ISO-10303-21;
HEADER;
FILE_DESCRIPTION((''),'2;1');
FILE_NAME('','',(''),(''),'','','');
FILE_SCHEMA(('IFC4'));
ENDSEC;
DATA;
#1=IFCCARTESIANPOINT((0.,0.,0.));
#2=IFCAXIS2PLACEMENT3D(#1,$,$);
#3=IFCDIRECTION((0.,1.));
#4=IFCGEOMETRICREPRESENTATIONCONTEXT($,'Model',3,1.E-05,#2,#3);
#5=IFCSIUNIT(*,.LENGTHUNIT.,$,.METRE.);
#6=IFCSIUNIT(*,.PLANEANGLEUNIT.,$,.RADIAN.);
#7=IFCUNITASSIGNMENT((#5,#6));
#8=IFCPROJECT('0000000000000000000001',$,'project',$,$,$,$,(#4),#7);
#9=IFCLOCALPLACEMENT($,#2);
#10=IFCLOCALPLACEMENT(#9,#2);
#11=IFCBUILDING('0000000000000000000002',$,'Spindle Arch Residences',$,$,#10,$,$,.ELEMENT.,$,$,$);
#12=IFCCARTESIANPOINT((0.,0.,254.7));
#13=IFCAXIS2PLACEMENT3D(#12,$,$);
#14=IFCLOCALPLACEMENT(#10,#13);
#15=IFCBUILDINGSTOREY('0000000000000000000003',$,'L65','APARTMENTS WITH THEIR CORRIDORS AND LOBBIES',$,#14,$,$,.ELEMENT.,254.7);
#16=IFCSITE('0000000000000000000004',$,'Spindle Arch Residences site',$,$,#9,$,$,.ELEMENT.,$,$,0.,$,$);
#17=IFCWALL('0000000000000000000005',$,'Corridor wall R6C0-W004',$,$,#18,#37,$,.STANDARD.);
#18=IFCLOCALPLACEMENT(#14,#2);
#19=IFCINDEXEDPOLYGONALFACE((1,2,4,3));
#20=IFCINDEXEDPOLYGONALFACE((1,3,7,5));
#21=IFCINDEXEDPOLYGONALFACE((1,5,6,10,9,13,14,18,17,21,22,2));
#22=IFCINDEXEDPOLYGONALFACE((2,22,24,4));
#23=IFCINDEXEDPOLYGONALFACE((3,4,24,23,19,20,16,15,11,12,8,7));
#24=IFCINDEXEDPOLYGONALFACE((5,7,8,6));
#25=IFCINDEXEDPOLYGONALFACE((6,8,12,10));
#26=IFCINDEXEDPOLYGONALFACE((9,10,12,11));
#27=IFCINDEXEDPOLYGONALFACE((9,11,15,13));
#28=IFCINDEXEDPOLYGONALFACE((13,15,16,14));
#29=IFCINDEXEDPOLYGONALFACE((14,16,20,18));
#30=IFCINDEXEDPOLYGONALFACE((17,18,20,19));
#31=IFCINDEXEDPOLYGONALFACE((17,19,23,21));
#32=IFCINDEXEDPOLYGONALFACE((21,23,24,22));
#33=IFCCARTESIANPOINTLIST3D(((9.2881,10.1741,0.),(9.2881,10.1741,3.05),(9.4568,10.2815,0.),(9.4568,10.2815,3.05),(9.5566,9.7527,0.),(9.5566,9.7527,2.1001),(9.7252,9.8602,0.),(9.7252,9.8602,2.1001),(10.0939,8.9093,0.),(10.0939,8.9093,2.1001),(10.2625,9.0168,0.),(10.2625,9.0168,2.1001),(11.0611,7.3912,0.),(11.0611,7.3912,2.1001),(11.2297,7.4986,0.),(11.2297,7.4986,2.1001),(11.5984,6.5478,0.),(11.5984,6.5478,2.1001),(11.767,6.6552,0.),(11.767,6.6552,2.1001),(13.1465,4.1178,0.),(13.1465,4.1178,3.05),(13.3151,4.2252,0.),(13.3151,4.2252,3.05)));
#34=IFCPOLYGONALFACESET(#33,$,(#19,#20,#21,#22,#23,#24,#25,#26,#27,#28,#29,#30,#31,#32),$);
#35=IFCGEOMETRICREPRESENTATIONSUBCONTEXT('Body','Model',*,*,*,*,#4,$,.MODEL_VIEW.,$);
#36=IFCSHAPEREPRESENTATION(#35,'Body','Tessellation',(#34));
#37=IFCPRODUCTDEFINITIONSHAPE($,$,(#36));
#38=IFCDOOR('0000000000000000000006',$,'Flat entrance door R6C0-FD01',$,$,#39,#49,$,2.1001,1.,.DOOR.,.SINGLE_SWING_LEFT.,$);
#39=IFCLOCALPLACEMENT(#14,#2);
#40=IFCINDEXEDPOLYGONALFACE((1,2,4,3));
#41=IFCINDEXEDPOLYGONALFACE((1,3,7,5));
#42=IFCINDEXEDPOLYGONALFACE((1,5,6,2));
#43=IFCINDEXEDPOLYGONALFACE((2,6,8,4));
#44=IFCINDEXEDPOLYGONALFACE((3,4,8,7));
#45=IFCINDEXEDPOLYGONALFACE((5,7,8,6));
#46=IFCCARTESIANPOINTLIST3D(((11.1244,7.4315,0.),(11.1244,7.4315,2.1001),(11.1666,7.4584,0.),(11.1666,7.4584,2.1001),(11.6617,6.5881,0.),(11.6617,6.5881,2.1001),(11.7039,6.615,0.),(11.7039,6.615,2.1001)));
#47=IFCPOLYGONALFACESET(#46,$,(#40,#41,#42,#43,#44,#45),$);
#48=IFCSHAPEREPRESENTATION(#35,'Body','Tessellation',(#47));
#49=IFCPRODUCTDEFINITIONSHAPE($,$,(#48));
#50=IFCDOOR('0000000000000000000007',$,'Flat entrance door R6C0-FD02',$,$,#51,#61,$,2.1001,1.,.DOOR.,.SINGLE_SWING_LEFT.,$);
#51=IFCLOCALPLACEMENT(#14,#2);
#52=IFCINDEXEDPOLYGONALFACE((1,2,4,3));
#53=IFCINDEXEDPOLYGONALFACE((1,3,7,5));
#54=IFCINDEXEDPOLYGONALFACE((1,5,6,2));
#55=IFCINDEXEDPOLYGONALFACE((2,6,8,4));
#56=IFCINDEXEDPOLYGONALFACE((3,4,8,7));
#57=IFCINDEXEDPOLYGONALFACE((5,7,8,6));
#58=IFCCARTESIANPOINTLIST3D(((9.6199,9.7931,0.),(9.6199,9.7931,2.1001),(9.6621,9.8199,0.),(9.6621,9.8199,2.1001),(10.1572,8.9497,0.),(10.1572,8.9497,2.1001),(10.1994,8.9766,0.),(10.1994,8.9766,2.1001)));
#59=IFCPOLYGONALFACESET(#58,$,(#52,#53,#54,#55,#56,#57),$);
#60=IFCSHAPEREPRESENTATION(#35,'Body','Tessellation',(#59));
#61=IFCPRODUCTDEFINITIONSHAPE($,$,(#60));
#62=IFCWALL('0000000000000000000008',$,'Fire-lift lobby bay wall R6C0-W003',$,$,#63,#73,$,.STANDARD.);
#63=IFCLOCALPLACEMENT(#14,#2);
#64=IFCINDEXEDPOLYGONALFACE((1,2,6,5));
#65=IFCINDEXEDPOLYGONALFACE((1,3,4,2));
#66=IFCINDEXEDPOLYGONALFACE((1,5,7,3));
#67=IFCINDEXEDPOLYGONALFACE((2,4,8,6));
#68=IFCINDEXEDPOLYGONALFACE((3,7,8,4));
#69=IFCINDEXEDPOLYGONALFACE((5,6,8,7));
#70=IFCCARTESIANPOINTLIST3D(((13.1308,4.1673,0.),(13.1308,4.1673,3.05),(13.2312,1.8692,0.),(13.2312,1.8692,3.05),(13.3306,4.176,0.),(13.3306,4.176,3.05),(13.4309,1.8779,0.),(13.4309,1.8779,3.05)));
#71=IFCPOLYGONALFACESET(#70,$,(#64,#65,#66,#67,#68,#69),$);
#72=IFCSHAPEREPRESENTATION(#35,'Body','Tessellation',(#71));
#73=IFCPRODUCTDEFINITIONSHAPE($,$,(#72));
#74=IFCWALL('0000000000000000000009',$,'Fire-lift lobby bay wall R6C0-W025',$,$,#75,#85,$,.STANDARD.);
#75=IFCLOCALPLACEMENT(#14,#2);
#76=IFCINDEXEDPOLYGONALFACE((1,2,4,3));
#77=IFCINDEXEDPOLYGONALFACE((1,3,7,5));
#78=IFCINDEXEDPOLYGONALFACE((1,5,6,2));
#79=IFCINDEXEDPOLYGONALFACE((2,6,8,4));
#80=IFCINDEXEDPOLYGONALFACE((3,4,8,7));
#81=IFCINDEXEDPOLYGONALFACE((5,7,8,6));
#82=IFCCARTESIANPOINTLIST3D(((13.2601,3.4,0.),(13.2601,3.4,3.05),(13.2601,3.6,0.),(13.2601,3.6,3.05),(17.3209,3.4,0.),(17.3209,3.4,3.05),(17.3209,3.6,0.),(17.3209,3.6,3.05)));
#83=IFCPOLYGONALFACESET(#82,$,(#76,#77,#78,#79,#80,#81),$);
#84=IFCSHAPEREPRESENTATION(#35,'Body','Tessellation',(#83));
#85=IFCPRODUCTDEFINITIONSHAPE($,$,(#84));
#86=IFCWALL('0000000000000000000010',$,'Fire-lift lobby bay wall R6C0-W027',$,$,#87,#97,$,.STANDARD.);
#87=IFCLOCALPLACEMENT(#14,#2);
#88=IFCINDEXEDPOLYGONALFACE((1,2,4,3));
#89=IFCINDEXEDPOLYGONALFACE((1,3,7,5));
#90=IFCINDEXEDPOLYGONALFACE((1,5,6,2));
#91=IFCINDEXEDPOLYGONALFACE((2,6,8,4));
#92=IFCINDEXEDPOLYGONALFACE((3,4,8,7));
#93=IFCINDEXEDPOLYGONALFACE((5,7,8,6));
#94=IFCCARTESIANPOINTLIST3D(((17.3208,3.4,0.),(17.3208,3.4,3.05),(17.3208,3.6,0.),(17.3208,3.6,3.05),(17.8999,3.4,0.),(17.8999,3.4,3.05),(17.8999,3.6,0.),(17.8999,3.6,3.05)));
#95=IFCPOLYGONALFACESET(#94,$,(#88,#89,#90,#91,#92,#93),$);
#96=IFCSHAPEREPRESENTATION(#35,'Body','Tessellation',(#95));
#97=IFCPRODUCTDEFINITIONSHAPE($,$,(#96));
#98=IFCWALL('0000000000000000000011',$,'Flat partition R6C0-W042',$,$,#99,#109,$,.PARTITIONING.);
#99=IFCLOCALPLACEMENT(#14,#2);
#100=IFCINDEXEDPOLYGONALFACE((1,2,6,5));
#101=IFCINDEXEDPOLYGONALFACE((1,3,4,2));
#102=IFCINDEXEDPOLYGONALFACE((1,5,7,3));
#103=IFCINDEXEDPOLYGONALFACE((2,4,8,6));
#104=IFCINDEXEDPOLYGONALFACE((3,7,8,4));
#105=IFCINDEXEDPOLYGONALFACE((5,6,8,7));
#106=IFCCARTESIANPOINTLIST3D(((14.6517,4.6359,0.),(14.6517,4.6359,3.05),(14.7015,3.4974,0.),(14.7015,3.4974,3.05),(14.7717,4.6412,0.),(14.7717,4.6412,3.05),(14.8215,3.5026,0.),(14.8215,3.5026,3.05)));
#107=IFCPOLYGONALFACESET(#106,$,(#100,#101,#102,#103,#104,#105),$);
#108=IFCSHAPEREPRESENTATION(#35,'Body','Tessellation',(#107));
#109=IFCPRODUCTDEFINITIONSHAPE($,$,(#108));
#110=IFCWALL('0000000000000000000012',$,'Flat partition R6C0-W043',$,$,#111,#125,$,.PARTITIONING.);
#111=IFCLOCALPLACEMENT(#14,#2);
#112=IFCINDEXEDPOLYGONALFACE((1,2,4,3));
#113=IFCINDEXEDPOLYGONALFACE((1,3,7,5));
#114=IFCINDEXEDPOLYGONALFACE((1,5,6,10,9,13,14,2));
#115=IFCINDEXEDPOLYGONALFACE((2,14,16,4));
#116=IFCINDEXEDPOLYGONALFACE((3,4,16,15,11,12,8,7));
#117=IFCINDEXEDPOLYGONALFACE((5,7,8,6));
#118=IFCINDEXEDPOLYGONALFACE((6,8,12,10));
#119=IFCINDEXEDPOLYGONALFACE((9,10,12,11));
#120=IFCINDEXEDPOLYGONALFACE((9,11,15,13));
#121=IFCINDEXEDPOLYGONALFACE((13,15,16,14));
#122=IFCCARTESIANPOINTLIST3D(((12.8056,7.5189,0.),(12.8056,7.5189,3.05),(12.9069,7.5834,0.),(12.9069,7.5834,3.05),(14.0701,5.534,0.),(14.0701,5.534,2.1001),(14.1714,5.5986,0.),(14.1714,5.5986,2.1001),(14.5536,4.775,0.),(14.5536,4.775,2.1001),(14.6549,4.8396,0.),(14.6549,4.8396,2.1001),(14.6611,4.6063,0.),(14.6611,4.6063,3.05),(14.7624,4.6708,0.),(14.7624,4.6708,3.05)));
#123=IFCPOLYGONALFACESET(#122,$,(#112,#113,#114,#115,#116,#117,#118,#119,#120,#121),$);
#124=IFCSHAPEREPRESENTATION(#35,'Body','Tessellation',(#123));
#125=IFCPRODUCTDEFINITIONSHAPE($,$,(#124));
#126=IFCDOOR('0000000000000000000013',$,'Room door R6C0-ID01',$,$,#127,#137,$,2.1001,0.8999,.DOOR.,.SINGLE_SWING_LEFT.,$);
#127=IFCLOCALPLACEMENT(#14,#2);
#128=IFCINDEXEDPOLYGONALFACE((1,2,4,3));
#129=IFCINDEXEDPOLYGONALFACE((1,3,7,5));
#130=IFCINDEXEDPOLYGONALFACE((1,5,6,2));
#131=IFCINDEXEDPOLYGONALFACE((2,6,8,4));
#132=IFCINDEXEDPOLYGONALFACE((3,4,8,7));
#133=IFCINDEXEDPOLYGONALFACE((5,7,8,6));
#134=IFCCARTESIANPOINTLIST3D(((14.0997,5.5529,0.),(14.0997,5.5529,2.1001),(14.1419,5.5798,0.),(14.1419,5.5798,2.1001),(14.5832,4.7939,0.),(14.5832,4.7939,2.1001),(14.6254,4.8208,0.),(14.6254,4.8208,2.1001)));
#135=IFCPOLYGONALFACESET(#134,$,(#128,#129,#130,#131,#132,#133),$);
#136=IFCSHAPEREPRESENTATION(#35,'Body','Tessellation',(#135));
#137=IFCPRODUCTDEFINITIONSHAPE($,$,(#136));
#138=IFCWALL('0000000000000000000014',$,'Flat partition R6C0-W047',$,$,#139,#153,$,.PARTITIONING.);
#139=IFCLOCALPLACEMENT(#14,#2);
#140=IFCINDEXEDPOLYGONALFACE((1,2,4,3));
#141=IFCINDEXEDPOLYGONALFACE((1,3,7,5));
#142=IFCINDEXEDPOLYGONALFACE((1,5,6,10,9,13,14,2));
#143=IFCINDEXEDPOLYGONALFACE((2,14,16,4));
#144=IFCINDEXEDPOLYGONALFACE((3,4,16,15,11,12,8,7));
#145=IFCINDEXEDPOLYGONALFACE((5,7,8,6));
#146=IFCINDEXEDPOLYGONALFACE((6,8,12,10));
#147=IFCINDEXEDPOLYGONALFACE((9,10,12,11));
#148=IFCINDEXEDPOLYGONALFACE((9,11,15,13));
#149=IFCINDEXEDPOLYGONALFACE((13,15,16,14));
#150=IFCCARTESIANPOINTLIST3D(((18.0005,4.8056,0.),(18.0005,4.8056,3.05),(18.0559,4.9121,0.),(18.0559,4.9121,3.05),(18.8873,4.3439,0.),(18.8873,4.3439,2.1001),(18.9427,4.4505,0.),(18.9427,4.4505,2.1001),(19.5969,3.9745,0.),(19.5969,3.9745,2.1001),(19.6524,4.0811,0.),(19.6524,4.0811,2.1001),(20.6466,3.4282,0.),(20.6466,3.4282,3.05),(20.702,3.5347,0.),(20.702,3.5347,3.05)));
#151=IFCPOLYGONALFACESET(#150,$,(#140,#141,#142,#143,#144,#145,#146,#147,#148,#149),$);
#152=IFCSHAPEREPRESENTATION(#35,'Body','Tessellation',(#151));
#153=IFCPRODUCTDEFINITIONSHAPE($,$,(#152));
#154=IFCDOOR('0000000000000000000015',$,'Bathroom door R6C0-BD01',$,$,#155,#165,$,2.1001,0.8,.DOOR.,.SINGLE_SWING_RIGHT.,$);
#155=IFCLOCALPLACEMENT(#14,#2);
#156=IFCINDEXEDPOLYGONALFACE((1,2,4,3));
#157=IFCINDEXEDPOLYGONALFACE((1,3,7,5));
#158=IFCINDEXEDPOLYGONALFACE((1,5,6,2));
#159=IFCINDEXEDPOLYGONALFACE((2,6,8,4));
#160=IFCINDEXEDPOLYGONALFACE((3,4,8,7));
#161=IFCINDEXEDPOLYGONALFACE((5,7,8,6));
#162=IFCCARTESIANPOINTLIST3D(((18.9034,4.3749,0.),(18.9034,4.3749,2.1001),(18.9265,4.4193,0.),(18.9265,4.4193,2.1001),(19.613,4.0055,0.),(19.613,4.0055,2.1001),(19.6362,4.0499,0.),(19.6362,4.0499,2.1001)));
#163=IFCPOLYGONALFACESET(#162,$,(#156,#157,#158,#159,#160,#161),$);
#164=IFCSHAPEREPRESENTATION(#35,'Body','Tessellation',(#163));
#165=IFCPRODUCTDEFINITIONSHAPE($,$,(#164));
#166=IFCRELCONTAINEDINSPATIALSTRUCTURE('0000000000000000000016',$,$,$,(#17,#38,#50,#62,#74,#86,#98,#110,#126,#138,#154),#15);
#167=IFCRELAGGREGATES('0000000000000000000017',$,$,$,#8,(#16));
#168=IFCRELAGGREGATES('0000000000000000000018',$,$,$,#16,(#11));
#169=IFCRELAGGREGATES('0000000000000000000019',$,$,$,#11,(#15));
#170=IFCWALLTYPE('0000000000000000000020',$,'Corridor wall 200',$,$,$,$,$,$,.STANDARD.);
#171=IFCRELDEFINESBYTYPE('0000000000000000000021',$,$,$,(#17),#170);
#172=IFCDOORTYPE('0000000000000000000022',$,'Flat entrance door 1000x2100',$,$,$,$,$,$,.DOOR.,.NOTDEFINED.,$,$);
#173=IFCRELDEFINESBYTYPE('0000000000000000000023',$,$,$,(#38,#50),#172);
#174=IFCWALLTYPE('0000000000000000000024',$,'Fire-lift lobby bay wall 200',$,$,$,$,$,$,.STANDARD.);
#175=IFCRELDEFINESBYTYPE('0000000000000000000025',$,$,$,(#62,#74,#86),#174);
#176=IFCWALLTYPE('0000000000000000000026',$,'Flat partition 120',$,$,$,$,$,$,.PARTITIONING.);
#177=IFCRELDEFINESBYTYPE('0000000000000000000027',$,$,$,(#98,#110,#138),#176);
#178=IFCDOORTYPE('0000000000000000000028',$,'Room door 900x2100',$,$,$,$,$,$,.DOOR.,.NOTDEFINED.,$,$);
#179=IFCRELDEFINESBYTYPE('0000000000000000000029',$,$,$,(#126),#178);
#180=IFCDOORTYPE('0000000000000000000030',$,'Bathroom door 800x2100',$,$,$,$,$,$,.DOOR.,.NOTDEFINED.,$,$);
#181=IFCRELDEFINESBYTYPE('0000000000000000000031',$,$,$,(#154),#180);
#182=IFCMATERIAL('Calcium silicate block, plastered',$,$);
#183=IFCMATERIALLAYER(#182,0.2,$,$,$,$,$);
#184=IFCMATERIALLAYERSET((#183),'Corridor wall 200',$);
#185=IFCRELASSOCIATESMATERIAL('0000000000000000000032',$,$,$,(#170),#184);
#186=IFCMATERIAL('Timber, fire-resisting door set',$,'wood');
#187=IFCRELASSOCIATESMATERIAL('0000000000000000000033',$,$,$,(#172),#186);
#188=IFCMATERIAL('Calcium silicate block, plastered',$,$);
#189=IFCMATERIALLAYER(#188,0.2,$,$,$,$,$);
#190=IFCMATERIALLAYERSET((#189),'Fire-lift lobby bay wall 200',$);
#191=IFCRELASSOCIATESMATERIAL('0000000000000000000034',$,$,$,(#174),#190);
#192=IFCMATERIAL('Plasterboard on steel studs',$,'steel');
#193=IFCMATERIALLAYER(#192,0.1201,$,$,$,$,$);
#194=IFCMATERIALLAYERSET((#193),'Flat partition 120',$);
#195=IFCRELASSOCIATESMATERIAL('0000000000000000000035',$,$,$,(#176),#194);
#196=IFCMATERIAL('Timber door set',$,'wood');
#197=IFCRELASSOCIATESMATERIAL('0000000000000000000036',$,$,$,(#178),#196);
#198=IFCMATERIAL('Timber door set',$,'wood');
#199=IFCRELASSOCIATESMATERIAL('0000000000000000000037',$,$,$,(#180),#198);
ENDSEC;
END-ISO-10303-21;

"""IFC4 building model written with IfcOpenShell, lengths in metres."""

from ifc_helpers import new_model, si_unit, direction, frame, frame_2d, origin, place, context, subcontext, project, spatial, rectangle, extrude, material, layer, layer_set, type_object, element, fill, save


model = new_model("IFC4")

# Units and contexts
model_context = context("Model", 3, precision=1e-05, world=origin(), true_north=direction((0.0, 1.0)))
body_context = subcontext(model_context, "Body", "Model", "MODEL_VIEW")
ifc_project = project(units=[si_unit("LENGTHUNIT", "METRE"), si_unit("PLANEANGLEUNIT", "RADIAN")], contexts=[model_context])

# Site, building, storey
site_placement = place(None, origin())
site = spatial("IfcSite", under=ifc_project, at=site_placement, Name="Spindle Arch Residences site", CompositionType="ELEMENT", RefElevation=0.0)
building_placement = place(site_placement, origin())
building = spatial("IfcBuilding", under=site, at=building_placement, Name="Spindle Arch Residences", CompositionType="ELEMENT")
storey_placement = place(building_placement, frame((0.0, 0.0, 254.7)))
storey = spatial("IfcBuildingStorey", under=building, at=storey_placement, Name="L65", Description="APARTMENTS WITH THEIR CORRIDORS AND LOBBIES", CompositionType="ELEMENT", Elevation=254.7)

# Wall, openings, doors
ifc_material_1 = material(Name="Calcium silicate block, plastered")
ifc_layer_1 = layer(ifc_material_1, 0.2)
ifc_layer_set_1 = layer_set([ifc_layer_1], Name="Corridor wall 200")
wall_type_1 = type_object("IfcWallType", Name="Corridor wall 200", PredefinedType="STANDARD", material=ifc_layer_set_1)
wall_1_placement = place(storey_placement, frame((13.2307, 4.1716, 0.0), z_axis=(0.0, 0.0, 1.0), x_axis=(-0.537304, 0.843388, 0.0)))
wall_1 = element("IfcWall", 1, at=wall_1_placement, inside=storey, type_object=wall_type_1, Name="Corridor wall R6C0-W004", PredefinedType="STANDARD", context=body_context, shape_type="SweptSolid", body=[
    extrude(rectangle(XDim=7.1809, YDim=0.2, at=frame_2d((3.5903, 0.0))), origin(), (0.0, 0.0, 1.0), 3.05),
])
opening_1_placement = place(wall_1_placement, frame((2.8811, 0.0, 0.0)))
opening_1 = element("IfcOpeningElement", 2, at=opening_1_placement, cuts=wall_1, PredefinedType="OPENING", context=body_context, shape_type="SweptSolid", body=[
    extrude(rectangle(XDim=1.0, YDim=2.1001, at=frame_2d((0.5, 1.05))), frame((0.0, 0.1099, 0.0), z_axis=(0.0, -1.0, 0.0), x_axis=(1.0, 0.0, 0.0)), (0.0, 0.0, 1.0), 0.22),
])
opening_2_placement = place(wall_1_placement, frame((5.6812, 0.0, 0.0)))
opening_2 = element("IfcOpeningElement", 3, at=opening_2_placement, cuts=wall_1, PredefinedType="OPENING", context=body_context, shape_type="SweptSolid", body=[
    extrude(rectangle(XDim=1.0, YDim=2.1001, at=frame_2d((0.5, 1.05))), frame((0.0, 0.1099, 0.0), z_axis=(0.0, -1.0, 0.0), x_axis=(1.0, 0.0, 0.0)), (0.0, 0.0, 1.0), 0.22),
])
ifc_material_2 = material(Name="Timber, fire-resisting door set", Category="wood")
door_type_1 = type_object("IfcDoorType", Name="Flat entrance door 1000x2100", OperationType="NOTDEFINED", PredefinedType="DOOR", material=ifc_material_2)
door_1_placement = place(opening_1_placement, origin())
door_1 = element("IfcDoor", 4, at=door_1_placement, inside=storey, type_object=door_type_1, Name="Flat entrance door R6C0-FD01", OperationType="SINGLE_SWING_LEFT", OverallHeight=2.1001, OverallWidth=1.0, PredefinedType="DOOR", context=body_context, shape_type="SweptSolid", body=[
    extrude(rectangle(XDim=1.0, YDim=2.1001, at=frame_2d((0.5, 1.05))), frame((0.0, 0.0249, 0.0), z_axis=(0.0, -1.0, 0.0), x_axis=(1.0, 0.0, 0.0)), (0.0, 0.0, 1.0), 0.05),
])
fill(opening_1, door_1)
door_2_placement = place(opening_2_placement, origin())
door_2 = element("IfcDoor", 5, at=door_2_placement, inside=storey, type_object=door_type_1, Name="Flat entrance door R6C0-FD02", OperationType="SINGLE_SWING_LEFT", OverallHeight=2.1001, OverallWidth=1.0, PredefinedType="DOOR", context=body_context, shape_type="SweptSolid", body=[
    extrude(rectangle(XDim=1.0, YDim=2.1001, at=frame_2d((0.5, 1.05))), frame((0.0, 0.0249, 0.0), z_axis=(0.0, -1.0, 0.0), x_axis=(1.0, 0.0, 0.0)), (0.0, 0.0, 1.0), 0.05),
])
fill(opening_2, door_2)

# Walls
ifc_material_3 = material(Name="Calcium silicate block, plastered")
ifc_layer_2 = layer(ifc_material_3, 0.2)
ifc_layer_set_2 = layer_set([ifc_layer_2], Name="Fire-lift lobby bay wall 200")
wall_type_2 = type_object("IfcWallType", Name="Fire-lift lobby bay wall 200", PredefinedType="STANDARD", material=ifc_layer_set_2)
wall_2_placement = place(storey_placement, frame((13.3311, 1.8735, 0.0), z_axis=(0.0, 0.0, 1.0), x_axis=(-0.043621, 0.999048, 0.0)))
element("IfcWall", 6, at=wall_2_placement, inside=storey, type_object=wall_type_2, Name="Fire-lift lobby bay wall R6C0-W003", PredefinedType="STANDARD", context=body_context, shape_type="SweptSolid", body=[
    extrude(rectangle(XDim=2.3003, YDim=0.2, at=frame_2d((1.1501, 0.0))), origin(), (0.0, 0.0, 1.0), 3.05),
])
wall_3_placement = place(storey_placement, frame((17.3208, 3.5, 0.0), z_axis=(0.0, 0.0, 1.0), x_axis=(-1.0, 0.0, 0.0)))
element("IfcWall", 7, at=wall_3_placement, inside=storey, type_object=wall_type_2, Name="Fire-lift lobby bay wall R6C0-W025", PredefinedType="STANDARD", context=body_context, shape_type="SweptSolid", body=[
    extrude(rectangle(XDim=4.0608, YDim=0.2, at=frame_2d((2.0303, 0.0))), origin(), (0.0, 0.0, 1.0), 3.05),
])
wall_4_placement = place(storey_placement, frame((17.8999, 3.5, 0.0), z_axis=(0.0, 0.0, 1.0), x_axis=(-1.0, 0.0, 0.0)))
element("IfcWall", 8, at=wall_4_placement, inside=storey, type_object=wall_type_2, Name="Fire-lift lobby bay wall R6C0-W027", PredefinedType="STANDARD", context=body_context, shape_type="SweptSolid", body=[
    extrude(rectangle(XDim=0.5791, YDim=0.2, at=frame_2d((0.2896, 0.0))), origin(), (0.0, 0.0, 1.0), 3.05),
])
ifc_material_4 = material(Name="Plasterboard on steel studs", Category="steel")
ifc_layer_3 = layer(ifc_material_4, 0.1201)
ifc_layer_set_3 = layer_set([ifc_layer_3], Name="Flat partition 120")
wall_type_3 = type_object("IfcWallType", Name="Flat partition 120", PredefinedType="PARTITIONING", material=ifc_layer_set_3)
wall_5_placement = place(storey_placement, frame((14.7615, 3.5, 0.0), z_axis=(0.0, 0.0, 1.0), x_axis=(-0.043698, 0.999045, 0.0)))
element("IfcWall", 9, at=wall_5_placement, inside=storey, type_object=wall_type_3, Name="Flat partition R6C0-W042", PredefinedType="PARTITIONING", context=body_context, shape_type="SweptSolid", body=[
    extrude(rectangle(XDim=1.1396, YDim=0.1201, at=frame_2d((0.5698, 0.0))), origin(), (0.0, 0.0, 1.0), 3.05),
])

# Walls, openings, doors
wall_6_placement = place(storey_placement, frame((14.7117, 4.6387, 0.0), z_axis=(0.0, 0.0, 1.0), x_axis=(-0.537287, 0.843399, 0.0)))
wall_6 = element("IfcWall", 10, at=wall_6_placement, inside=storey, type_object=wall_type_3, Name="Flat partition R6C0-W043", PredefinedType="PARTITIONING", context=body_context, shape_type="SweptSolid", body=[
    extrude(rectangle(XDim=3.4534, YDim=0.1201, at=frame_2d((1.7266, 0.0))), origin(), (0.0, 0.0, 1.0), 3.05),
])
opening_3_placement = place(wall_6_placement, frame((0.2, 0.0, 0.0)))
opening_3 = element("IfcOpeningElement", 11, at=opening_3_placement, cuts=wall_6, PredefinedType="OPENING", context=body_context, shape_type="SweptSolid", body=[
    extrude(rectangle(XDim=0.8999, YDim=2.1001, at=frame_2d((0.45, 1.05))), frame((0.0, 0.0701, 0.0), z_axis=(0.0, -1.0, 0.0), x_axis=(1.0, 0.0, 0.0)), (0.0, 0.0, 1.0), 0.1401),
])
ifc_material_5 = material(Name="Timber door set", Category="wood")
door_type_2 = type_object("IfcDoorType", Name="Room door 900x2100", OperationType="NOTDEFINED", PredefinedType="DOOR", material=ifc_material_5)
door_3_placement = place(opening_3_placement, origin())
door_3 = element("IfcDoor", 12, at=door_3_placement, inside=storey, type_object=door_type_2, Name="Room door R6C0-ID01", OperationType="SINGLE_SWING_LEFT", OverallHeight=2.1001, OverallWidth=0.8999, PredefinedType="DOOR", context=body_context, shape_type="SweptSolid", body=[
    extrude(rectangle(XDim=0.8999, YDim=2.1001, at=frame_2d((0.45, 1.05))), frame((0.0, 0.0249, 0.0), z_axis=(0.0, -1.0, 0.0), x_axis=(1.0, 0.0, 0.0)), (0.0, 0.0, 1.0), 0.05),
])
fill(opening_3, door_3)
wall_7_placement = place(storey_placement, frame((18.0281, 4.8589, 0.0), z_axis=(0.0, 0.0, 1.0), x_axis=(0.887025, -0.461721, 0.0)))
wall_7 = element("IfcWall", 13, at=wall_7_placement, inside=storey, type_object=wall_type_3, Name="Flat partition R6C0-W047", PredefinedType="PARTITIONING", context=body_context, shape_type="SweptSolid", body=[
    extrude(rectangle(XDim=2.9832, YDim=0.1201, at=frame_2d((1.4917, 0.0))), origin(), (0.0, 0.0, 1.0), 3.05),
])
opening_4_placement = place(wall_7_placement, frame((1.0, 0.0, 0.0)))
opening_4 = element("IfcOpeningElement", 14, at=opening_4_placement, cuts=wall_7, PredefinedType="OPENING", context=body_context, shape_type="SweptSolid", body=[
    extrude(rectangle(XDim=0.8, YDim=2.1001, at=frame_2d((0.3999, 1.05))), frame((0.0, 0.0701, 0.0), z_axis=(0.0, -1.0, 0.0), x_axis=(1.0, 0.0, 0.0)), (0.0, 0.0, 1.0), 0.1401),
])
ifc_material_6 = material(Name="Timber door set", Category="wood")
door_type_3 = type_object("IfcDoorType", Name="Bathroom door 800x2100", OperationType="NOTDEFINED", PredefinedType="DOOR", material=ifc_material_6)
door_4_placement = place(opening_4_placement, origin())
door_4 = element("IfcDoor", 15, at=door_4_placement, inside=storey, type_object=door_type_3, Name="Bathroom door R6C0-BD01", OperationType="SINGLE_SWING_RIGHT", OverallHeight=2.1001, OverallWidth=0.8, PredefinedType="DOOR", context=body_context, shape_type="SweptSolid", body=[
    extrude(rectangle(XDim=0.8, YDim=2.1001, at=frame_2d((0.3999, 1.05))), frame((0.0, 0.0249, 0.0), z_axis=(0.0, -1.0, 0.0), x_axis=(1.0, 0.0, 0.0)), (0.0, 0.0, 1.0), 0.05),
])
fill(opening_4, door_4)

save(model, "model.ifc")
